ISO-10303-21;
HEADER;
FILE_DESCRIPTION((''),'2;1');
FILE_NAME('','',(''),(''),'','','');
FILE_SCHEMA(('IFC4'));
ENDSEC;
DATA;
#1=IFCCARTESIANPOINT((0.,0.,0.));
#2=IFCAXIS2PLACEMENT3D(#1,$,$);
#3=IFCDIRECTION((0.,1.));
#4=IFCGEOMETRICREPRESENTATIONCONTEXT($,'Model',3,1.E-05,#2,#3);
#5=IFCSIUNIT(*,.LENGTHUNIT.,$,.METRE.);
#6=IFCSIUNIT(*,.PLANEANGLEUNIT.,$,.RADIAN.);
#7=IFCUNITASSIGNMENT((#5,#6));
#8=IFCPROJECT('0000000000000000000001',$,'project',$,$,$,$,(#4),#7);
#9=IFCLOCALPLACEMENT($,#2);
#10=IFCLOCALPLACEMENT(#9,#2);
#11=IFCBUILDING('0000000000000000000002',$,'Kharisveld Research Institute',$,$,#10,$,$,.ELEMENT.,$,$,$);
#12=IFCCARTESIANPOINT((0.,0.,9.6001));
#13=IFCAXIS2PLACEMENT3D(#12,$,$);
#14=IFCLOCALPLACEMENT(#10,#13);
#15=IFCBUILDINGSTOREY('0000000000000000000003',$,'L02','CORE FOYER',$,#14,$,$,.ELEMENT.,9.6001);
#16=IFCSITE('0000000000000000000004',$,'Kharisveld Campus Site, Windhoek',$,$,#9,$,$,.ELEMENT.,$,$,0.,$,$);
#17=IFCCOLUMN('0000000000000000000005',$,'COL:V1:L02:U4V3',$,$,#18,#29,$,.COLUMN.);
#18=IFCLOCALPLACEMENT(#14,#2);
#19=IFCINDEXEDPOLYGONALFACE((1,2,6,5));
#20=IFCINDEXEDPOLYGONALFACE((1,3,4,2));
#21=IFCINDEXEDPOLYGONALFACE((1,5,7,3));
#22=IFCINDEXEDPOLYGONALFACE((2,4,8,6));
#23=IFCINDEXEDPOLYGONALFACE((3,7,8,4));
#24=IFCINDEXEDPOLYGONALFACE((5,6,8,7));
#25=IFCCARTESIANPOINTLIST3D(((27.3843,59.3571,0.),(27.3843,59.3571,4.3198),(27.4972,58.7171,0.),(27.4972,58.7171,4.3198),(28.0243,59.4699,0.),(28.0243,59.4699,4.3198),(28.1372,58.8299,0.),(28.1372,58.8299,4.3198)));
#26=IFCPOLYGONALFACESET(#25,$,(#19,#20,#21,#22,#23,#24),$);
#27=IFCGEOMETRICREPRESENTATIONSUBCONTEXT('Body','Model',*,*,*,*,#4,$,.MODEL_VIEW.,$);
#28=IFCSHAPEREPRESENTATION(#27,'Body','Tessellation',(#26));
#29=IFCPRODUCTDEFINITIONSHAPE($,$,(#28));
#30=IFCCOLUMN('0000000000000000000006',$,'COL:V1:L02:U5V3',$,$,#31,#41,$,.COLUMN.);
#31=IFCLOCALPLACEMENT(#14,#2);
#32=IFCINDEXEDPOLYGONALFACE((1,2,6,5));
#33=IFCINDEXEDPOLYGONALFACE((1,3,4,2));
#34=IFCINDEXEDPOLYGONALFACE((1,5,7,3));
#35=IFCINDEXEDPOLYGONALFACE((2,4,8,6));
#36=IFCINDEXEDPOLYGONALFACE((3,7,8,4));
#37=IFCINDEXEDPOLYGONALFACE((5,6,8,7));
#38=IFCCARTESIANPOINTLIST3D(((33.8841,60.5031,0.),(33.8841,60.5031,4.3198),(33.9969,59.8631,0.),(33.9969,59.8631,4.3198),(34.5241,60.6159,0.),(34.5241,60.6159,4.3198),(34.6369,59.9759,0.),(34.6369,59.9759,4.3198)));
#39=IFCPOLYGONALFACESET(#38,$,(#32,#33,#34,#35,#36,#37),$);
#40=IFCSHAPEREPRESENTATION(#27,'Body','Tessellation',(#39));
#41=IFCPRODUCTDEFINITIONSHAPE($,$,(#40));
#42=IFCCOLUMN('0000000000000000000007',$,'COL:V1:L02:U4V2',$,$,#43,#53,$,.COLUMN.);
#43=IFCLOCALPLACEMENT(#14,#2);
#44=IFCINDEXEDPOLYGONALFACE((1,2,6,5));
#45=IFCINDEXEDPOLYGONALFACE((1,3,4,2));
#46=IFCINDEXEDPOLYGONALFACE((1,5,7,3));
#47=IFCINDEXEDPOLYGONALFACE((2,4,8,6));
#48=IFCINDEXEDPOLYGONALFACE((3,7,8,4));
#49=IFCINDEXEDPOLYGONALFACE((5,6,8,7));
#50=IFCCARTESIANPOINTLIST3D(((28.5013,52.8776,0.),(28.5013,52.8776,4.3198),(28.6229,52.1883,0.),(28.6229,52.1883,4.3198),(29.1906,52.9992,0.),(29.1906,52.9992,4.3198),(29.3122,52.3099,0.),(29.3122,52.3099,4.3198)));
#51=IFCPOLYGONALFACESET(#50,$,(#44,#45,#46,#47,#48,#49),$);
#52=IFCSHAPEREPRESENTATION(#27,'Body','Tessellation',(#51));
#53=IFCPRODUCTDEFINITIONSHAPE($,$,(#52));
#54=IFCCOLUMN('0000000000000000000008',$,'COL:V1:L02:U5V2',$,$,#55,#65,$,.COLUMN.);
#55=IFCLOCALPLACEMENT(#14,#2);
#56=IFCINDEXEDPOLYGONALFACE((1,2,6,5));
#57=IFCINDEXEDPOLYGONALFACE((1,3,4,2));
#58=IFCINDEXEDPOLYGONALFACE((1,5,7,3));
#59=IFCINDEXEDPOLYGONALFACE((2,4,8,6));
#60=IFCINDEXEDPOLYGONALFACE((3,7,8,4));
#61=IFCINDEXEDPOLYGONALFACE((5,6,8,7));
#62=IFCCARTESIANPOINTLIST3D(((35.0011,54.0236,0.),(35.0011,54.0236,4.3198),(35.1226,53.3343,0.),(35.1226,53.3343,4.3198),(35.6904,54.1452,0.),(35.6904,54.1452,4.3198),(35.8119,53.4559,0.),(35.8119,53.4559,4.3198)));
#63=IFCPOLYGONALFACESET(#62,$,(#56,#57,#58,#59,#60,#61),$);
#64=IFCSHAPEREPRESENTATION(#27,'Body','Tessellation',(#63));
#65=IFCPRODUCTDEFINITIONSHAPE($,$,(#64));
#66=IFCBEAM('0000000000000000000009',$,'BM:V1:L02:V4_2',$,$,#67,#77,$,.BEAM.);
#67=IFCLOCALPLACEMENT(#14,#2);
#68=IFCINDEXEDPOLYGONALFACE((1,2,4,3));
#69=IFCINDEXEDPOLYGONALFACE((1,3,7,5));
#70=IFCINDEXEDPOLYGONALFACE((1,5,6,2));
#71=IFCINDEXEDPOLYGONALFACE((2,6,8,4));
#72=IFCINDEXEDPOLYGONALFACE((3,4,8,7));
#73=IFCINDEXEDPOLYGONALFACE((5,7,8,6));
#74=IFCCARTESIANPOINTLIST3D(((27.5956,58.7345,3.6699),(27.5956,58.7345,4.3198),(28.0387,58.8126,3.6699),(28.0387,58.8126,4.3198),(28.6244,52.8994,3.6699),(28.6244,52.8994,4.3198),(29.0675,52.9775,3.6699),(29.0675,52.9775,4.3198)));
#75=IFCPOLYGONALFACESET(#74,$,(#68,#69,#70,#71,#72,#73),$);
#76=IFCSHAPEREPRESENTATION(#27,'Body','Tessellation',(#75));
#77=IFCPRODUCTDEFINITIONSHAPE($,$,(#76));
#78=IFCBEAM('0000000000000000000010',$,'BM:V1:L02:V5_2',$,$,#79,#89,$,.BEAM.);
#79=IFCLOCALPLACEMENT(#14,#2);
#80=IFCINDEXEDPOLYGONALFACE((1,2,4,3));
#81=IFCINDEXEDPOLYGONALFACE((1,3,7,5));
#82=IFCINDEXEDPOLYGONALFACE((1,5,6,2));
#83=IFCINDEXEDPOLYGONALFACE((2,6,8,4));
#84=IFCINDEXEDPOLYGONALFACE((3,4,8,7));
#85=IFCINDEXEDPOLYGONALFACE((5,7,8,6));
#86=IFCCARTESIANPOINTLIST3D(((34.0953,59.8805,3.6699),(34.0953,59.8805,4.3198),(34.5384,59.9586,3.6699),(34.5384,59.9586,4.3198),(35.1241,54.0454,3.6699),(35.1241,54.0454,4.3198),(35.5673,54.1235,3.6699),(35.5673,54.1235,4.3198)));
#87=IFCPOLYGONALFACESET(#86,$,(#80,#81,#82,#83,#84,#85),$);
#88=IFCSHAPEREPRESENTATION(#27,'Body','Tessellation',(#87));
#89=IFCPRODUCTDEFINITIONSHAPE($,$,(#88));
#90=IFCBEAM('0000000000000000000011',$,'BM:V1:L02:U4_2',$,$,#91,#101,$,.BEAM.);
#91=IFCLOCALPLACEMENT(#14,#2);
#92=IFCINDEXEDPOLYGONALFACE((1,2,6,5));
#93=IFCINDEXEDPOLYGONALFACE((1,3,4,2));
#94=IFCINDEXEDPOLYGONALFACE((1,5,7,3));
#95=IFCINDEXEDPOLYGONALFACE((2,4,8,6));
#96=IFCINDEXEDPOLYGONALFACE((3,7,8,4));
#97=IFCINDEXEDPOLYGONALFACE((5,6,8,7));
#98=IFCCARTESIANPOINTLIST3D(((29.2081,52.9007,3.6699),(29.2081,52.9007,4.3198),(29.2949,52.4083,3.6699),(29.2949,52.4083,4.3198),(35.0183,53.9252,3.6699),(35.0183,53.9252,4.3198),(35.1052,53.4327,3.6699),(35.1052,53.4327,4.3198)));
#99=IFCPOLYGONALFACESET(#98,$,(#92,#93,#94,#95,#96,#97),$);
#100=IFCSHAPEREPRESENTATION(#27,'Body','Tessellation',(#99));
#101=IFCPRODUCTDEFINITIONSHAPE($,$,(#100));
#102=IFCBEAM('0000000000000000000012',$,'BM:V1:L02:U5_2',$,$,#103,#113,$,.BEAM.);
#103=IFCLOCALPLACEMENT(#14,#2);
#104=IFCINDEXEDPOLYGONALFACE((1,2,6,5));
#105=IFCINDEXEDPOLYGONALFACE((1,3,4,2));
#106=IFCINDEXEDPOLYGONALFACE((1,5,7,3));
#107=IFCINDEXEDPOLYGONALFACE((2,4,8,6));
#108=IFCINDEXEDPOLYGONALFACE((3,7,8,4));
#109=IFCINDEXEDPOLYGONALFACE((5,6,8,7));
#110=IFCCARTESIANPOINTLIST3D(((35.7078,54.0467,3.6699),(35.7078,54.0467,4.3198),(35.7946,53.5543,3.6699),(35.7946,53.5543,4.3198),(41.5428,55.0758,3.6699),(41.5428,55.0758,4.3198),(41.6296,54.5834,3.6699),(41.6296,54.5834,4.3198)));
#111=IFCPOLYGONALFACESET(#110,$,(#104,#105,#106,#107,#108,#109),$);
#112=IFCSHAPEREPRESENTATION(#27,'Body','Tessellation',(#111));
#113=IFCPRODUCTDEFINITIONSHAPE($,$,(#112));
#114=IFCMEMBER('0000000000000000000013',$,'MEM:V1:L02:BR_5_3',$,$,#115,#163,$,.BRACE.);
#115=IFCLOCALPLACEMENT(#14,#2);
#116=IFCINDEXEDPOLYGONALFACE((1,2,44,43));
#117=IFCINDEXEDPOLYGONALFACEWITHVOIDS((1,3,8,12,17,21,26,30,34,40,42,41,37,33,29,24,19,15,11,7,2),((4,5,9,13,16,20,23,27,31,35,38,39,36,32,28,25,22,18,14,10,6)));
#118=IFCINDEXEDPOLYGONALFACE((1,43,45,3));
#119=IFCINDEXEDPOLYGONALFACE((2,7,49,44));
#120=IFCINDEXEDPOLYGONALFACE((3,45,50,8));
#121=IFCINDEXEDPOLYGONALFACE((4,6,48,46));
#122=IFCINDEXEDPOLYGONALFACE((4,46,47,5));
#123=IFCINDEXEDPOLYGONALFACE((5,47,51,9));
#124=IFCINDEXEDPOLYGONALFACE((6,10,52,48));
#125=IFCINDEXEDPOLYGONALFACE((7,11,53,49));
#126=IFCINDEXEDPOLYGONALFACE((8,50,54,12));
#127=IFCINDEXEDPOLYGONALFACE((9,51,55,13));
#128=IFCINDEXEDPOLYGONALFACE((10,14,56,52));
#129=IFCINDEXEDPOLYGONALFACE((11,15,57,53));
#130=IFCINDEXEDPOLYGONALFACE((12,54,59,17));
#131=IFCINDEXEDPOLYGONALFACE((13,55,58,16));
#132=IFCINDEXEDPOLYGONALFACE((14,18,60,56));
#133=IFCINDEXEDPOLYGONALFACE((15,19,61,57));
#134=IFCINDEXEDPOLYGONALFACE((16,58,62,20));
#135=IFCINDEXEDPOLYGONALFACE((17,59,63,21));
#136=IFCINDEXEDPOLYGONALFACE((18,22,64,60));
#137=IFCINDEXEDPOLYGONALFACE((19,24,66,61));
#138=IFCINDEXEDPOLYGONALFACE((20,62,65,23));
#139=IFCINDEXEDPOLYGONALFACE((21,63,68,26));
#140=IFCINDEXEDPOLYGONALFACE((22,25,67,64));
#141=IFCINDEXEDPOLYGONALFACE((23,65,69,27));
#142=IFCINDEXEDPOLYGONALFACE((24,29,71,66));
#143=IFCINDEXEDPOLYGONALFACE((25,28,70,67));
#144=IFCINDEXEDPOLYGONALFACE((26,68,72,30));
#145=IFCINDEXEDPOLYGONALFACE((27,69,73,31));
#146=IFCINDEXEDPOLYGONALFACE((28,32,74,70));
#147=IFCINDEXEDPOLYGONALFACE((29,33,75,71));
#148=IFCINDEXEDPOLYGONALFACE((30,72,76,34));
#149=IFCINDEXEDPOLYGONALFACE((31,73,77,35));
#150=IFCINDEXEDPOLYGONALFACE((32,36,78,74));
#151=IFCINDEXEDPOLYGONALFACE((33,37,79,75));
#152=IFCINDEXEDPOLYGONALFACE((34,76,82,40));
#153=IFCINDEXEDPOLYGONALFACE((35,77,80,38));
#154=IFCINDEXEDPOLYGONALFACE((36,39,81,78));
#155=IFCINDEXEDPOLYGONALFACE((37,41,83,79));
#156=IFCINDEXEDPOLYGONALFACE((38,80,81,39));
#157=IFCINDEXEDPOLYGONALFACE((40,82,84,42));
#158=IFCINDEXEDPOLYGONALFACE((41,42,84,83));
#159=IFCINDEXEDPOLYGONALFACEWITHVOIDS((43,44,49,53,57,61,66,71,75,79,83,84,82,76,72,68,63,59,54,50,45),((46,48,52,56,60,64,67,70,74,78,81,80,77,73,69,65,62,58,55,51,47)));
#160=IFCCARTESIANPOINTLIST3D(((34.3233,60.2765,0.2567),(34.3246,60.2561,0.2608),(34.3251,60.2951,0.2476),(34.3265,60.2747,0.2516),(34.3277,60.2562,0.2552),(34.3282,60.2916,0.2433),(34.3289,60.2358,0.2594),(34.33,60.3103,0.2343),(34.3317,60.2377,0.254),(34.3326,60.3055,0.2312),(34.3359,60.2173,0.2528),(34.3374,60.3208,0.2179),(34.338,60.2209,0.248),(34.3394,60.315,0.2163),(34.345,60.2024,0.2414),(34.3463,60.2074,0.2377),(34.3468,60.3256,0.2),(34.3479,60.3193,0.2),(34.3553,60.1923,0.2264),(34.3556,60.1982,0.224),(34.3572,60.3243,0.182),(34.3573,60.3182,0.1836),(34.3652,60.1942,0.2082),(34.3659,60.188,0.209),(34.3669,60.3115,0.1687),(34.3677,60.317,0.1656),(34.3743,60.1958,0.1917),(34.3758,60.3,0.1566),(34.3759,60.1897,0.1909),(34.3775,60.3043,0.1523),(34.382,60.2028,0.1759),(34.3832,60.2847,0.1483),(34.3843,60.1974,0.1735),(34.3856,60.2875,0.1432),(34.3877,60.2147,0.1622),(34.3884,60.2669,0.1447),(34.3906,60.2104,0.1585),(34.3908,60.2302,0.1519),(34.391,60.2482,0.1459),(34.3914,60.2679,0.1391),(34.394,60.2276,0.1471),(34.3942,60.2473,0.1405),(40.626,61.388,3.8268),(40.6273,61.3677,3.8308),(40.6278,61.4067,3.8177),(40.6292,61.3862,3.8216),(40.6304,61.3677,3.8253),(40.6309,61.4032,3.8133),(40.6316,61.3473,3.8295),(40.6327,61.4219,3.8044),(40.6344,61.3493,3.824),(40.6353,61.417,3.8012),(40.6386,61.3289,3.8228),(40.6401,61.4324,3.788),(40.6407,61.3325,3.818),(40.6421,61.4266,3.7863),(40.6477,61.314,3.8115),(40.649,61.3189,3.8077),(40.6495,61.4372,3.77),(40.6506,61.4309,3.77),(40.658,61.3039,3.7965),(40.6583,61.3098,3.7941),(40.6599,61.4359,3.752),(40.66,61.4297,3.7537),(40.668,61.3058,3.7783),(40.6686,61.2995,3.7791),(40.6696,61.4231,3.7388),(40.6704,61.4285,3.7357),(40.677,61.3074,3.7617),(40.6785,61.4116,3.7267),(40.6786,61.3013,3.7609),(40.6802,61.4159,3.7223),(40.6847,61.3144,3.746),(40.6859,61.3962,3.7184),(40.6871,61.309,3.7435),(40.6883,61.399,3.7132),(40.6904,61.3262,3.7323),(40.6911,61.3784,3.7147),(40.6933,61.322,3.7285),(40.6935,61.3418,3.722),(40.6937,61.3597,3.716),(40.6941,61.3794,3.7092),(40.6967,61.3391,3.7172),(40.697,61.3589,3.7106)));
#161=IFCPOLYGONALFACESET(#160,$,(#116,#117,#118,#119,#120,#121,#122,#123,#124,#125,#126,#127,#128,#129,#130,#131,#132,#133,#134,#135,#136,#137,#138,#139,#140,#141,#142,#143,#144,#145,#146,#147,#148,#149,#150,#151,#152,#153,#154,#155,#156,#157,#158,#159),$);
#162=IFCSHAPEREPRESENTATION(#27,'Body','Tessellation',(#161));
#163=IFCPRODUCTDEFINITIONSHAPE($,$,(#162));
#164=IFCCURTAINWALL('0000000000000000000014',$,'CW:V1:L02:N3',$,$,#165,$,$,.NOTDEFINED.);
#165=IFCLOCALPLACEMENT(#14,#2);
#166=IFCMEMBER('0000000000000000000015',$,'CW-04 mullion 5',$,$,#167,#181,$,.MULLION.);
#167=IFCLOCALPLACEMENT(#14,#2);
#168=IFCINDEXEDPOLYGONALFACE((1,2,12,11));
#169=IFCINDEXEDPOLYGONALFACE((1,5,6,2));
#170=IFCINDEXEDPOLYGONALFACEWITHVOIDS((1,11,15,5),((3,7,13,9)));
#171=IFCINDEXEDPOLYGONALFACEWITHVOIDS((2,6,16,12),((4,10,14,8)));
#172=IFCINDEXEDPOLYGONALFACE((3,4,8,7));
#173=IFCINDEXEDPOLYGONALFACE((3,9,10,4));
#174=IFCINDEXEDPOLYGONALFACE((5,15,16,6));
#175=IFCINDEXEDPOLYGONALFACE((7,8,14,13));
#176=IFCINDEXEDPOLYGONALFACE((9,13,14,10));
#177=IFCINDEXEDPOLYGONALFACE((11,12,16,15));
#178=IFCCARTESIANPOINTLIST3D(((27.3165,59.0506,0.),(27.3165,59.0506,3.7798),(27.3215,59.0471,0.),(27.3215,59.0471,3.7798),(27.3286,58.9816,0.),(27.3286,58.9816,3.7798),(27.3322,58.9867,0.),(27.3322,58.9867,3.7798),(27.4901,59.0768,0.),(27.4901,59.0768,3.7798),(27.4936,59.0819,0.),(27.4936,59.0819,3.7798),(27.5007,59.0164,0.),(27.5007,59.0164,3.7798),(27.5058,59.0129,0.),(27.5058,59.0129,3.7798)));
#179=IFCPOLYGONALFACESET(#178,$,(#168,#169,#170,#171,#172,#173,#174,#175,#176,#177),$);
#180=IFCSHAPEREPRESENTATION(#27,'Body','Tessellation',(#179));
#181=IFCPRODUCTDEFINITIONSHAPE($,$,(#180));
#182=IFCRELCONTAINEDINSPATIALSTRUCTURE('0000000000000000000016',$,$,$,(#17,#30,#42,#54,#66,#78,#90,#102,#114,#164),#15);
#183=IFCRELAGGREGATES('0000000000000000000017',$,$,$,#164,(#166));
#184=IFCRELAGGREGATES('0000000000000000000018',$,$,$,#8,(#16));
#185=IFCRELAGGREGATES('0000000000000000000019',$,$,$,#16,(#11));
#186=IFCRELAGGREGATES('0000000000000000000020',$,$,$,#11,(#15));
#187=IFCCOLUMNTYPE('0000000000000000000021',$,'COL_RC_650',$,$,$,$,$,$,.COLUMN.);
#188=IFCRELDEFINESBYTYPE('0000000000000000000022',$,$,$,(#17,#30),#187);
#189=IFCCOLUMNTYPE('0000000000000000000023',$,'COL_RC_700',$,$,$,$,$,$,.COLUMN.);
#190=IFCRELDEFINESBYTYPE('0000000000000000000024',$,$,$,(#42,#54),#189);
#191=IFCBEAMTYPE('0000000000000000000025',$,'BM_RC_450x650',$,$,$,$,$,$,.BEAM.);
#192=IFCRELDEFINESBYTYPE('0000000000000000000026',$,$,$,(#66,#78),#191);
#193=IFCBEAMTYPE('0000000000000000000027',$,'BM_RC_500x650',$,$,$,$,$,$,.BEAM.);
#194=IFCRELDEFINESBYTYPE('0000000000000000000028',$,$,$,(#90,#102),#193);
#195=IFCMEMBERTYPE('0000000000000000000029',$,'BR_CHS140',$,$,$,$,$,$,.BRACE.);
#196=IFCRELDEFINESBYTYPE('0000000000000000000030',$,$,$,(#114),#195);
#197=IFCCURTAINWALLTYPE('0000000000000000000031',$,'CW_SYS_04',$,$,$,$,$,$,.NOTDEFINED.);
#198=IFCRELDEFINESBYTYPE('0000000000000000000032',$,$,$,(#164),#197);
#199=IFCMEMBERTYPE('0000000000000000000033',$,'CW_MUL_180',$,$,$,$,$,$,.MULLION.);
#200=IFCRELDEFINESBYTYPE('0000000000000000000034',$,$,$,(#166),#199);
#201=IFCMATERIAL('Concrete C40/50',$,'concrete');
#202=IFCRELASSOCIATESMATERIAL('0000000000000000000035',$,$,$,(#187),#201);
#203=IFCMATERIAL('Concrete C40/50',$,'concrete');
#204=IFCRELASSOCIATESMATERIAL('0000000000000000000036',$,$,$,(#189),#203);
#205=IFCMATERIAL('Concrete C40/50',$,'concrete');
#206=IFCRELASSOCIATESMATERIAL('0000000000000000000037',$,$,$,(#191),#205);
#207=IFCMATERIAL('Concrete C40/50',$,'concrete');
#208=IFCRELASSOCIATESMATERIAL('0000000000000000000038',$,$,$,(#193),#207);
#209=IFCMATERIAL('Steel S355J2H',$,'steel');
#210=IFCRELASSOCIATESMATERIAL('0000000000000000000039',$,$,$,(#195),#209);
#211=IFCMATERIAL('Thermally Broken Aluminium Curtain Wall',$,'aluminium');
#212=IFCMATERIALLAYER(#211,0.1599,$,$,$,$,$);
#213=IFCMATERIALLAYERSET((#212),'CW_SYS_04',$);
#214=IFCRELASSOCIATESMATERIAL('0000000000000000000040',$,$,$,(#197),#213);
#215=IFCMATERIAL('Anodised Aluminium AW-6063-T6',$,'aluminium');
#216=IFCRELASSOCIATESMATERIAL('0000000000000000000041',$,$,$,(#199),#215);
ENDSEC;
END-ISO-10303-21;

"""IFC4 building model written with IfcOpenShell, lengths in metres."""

from ifc_helpers import new_model, si_unit, direction, frame, origin, origin_2d, place, context, subcontext, project, spatial, rectangle, hollow_rectangle, hollow_circle, extrude, material, layer, layer_set, material_profile, profile_set, type_object, element, aggregate, save


model = new_model("IFC4")

# Units and contexts
model_context = context("Model", 3, precision=1e-05, world=origin(), true_north=direction((0.0, 1.0)))
body_context = subcontext(model_context, "Body", "Model", "MODEL_VIEW")
ifc_project = project(units=[si_unit("LENGTHUNIT", "METRE"), si_unit("PLANEANGLEUNIT", "RADIAN")], contexts=[model_context])

# Site, building, storey
site_placement = place(None, origin())
site = spatial("IfcSite", under=ifc_project, at=site_placement, Name="Kharisveld Campus Site, Windhoek", CompositionType="ELEMENT", RefElevation=0.0)
building_placement = place(site_placement, origin())
building = spatial("IfcBuilding", under=site, at=building_placement, Name="Kharisveld Research Institute", CompositionType="ELEMENT")
storey_placement = place(building_placement, frame((0.0, 0.0, 9.6001)))
storey = spatial("IfcBuildingStorey", under=building, at=storey_placement, Name="L02", Description="CORE FOYER", CompositionType="ELEMENT", Elevation=9.6001)

# Columns
ifc_material_1 = material(Name="Concrete C40/50", Category="concrete")
ifc_material_profile_1 = material_profile(ifc_material_1, rectangle(XDim=0.6499, YDim=0.6499, at=origin_2d()))
ifc_profile_set_1 = profile_set([ifc_material_profile_1], Name="Concrete C40/50")
column_type_1 = type_object("IfcColumnType", Name="COL_RC_650", PredefinedType="COLUMN", material=ifc_profile_set_1)
for number, where, z_axis, x_axis, name in (
    (1, (27.7607, 59.0935, 0.0), (0.0, 0.0, 1.0), (0.984808, 0.173648, 0.0), "COL:V1:L02:U4V3"),
    (2, (34.2605, 60.2395, 0.0), (0.0, 0.0, 1.0), (0.984808, 0.173648, 0.0), "COL:V1:L02:U5V3"),
):
    element("IfcColumn", number, at=place(storey_placement, frame(where, z_axis=z_axis, x_axis=x_axis)), inside=storey, type_object=column_type_1, Name=name, PredefinedType="COLUMN", context=body_context, shape_type="SweptSolid", body=[
        extrude(rectangle(XDim=0.6499, YDim=0.6499, at=origin_2d()), origin(), (0.0, 0.0, 1.0), 4.3198),
    ])
ifc_material_2 = material(Name="Concrete C40/50", Category="concrete")
ifc_material_profile_2 = material_profile(ifc_material_2, rectangle(XDim=0.7, YDim=0.7, at=origin_2d()))
ifc_profile_set_2 = profile_set([ifc_material_profile_2], Name="Concrete C40/50")
column_type_2 = type_object("IfcColumnType", Name="COL_RC_700", PredefinedType="COLUMN", material=ifc_profile_set_2)
for number, where, z_axis, x_axis, name in (
    (3, (28.9067, 52.5938, 0.0), (0.0, 0.0, 1.0), (0.984808, 0.173648, 0.0), "COL:V1:L02:U4V2"),
    (4, (35.4065, 53.7397, 0.0), (0.0, 0.0, 1.0), (0.984808, 0.173648, 0.0), "COL:V1:L02:U5V2"),
):
    element("IfcColumn", number, at=place(storey_placement, frame(where, z_axis=z_axis, x_axis=x_axis)), inside=storey, type_object=column_type_2, Name=name, PredefinedType="COLUMN", context=body_context, shape_type="SweptSolid", body=[
        extrude(rectangle(XDim=0.7, YDim=0.7, at=origin_2d()), origin(), (0.0, 0.0, 1.0), 4.3198),
    ])

# Beams
ifc_material_3 = material(Name="Concrete C40/50", Category="concrete")
ifc_material_profile_3 = material_profile(ifc_material_3, rectangle(XDim=0.45, YDim=0.6499, at=origin_2d()))
ifc_profile_set_3 = profile_set([ifc_material_profile_3], Name="Concrete C40/50")
beam_type_1 = type_object("IfcBeamType", Name="BM_RC_450x650", PredefinedType="BEAM", material=ifc_profile_set_3)
for number, where, z_axis, x_axis, name in (
    (5, (28.8459, 52.9385, 3.9949), (-0.17364, 0.984809, 0.0), (-0.984809, -0.17364, 0.0), "BM:V1:L02:V4_2"),
    (6, (35.3457, 54.0845, 3.9949), (-0.17364, 0.984809, 0.0), (-0.984809, -0.17364, 0.0), "BM:V1:L02:V5_2"),
):
    element("IfcBeam", number, at=place(storey_placement, frame(where, z_axis=z_axis, x_axis=x_axis)), inside=storey, type_object=beam_type_1, Name=name, PredefinedType="BEAM", context=body_context, shape_type="SweptSolid", body=[
        extrude(rectangle(XDim=0.45, YDim=0.6499, at=origin_2d()), origin(), (0.0, 0.0, 1.0), 5.925),
    ])
ifc_material_4 = material(Name="Concrete C40/50", Category="concrete")
ifc_material_profile_4 = material_profile(ifc_material_4, rectangle(XDim=0.5, YDim=0.6499, at=origin_2d()))
ifc_profile_set_4 = profile_set([ifc_material_profile_4], Name="Concrete C40/50")
beam_type_2 = type_object("IfcBeamType", Name="BM_RC_500x650", PredefinedType="BEAM", material=ifc_profile_set_4)
beam_1_placement = place(storey_placement, frame((29.2515, 52.6545, 3.9949), z_axis=(0.984811, 0.173632, 0.0), x_axis=(-0.173632, 0.984811, 0.0)))
element("IfcBeam", 7, at=beam_1_placement, inside=storey, type_object=beam_type_2, Name="BM:V1:L02:U4_2", PredefinedType="BEAM", context=body_context, shape_type="SweptSolid", body=[
    extrude(rectangle(XDim=0.5, YDim=0.6499, at=origin_2d()), origin(), (0.0, 0.0, 1.0), 5.8999),
])
beam_2_placement = place(storey_placement, frame((35.7512, 53.8005, 3.9949), z_axis=(0.984802, 0.17368, 0.0), x_axis=(-0.17368, 0.984802, 0.0)))
element("IfcBeam", 8, at=beam_2_placement, inside=storey, type_object=beam_type_2, Name="BM:V1:L02:U5_2", PredefinedType="BEAM", context=body_context, shape_type="SweptSolid", body=[
    extrude(rectangle(XDim=0.5, YDim=0.6499, at=origin_2d()), origin(), (0.0, 0.0, 1.0), 5.925),
])

# Member
ifc_material_5 = material(Name="Steel S355J2H", Category="steel")
ifc_material_profile_5 = material_profile(ifc_material_5, hollow_circle(Radius=0.0698, WallThickness=0.0063, at=origin_2d()))
ifc_profile_set_5 = profile_set([ifc_material_profile_5], Name="Steel S355J2H")
member_type_1 = type_object("IfcMemberType", Name="BR_CHS140", PredefinedType="BRACE", material=ifc_profile_set_5)
member_1_placement = place(storey_placement, frame((34.3589, 60.2568, 0.2), z_axis=(0.860042, 0.15168, 0.487155), x_axis=(-0.173683, 0.984802, 0.0)))
element("IfcMember", 9, at=member_1_placement, inside=storey, type_object=member_type_1, Name="MEM:V1:L02:BR_5_3", PredefinedType="BRACE", context=body_context, shape_type="SweptSolid", body=[
    extrude(hollow_circle(Radius=0.0698, WallThickness=0.0063, at=origin_2d()), origin(), (0.0, 0.0, 1.0), 7.3284),
])

# Curtain wall, member
ifc_material_6 = material(Name="Thermally Broken Aluminium Curtain Wall", Category="aluminium")
ifc_layer_1 = layer(ifc_material_6, 0.1599)
ifc_layer_set_1 = layer_set([ifc_layer_1], Name="CW_SYS_04")
curtain_wall_type = type_object("IfcCurtainWallType", Name="CW_SYS_04", PredefinedType="NOTDEFINED", material=ifc_layer_set_1)
curtain_wall_placement = place(storey_placement, origin())
curtain_wall = element("IfcCurtainWall", 10, at=curtain_wall_placement, inside=storey, type_object=curtain_wall_type, Name="CW:V1:L02:N3", PredefinedType="NOTDEFINED")
ifc_material_7 = material(Name="Anodised Aluminium AW-6063-T6", Category="aluminium")
ifc_material_profile_6 = material_profile(ifc_material_7, hollow_rectangle(XDim=0.0701, YDim=0.1799, WallThickness=0.0044, at=origin_2d()))
ifc_profile_set_6 = profile_set([ifc_material_profile_6], Name="Anodised Aluminium AW-6063-T6")
member_type_2 = type_object("IfcMemberType", Name="CW_MUL_180", PredefinedType="MULLION", material=ifc_profile_set_6)
member_2_placement = place(storey_placement, frame((27.4111, 59.0317, 0.0), z_axis=(0.0, 0.0, 1.0), x_axis=(-0.173648, 0.984808, 0.0)))
member_2 = element("IfcMember", 11, at=member_2_placement, type_object=member_type_2, Name="CW-04 mullion 5", PredefinedType="MULLION", context=body_context, shape_type="SweptSolid", body=[
    extrude(hollow_rectangle(XDim=0.0701, YDim=0.1799, WallThickness=0.0044, at=origin_2d()), origin(), (0.0, 0.0, 1.0), 3.7798),
])

aggregate(curtain_wall, [member_2])

save(model, "model.ifc")
